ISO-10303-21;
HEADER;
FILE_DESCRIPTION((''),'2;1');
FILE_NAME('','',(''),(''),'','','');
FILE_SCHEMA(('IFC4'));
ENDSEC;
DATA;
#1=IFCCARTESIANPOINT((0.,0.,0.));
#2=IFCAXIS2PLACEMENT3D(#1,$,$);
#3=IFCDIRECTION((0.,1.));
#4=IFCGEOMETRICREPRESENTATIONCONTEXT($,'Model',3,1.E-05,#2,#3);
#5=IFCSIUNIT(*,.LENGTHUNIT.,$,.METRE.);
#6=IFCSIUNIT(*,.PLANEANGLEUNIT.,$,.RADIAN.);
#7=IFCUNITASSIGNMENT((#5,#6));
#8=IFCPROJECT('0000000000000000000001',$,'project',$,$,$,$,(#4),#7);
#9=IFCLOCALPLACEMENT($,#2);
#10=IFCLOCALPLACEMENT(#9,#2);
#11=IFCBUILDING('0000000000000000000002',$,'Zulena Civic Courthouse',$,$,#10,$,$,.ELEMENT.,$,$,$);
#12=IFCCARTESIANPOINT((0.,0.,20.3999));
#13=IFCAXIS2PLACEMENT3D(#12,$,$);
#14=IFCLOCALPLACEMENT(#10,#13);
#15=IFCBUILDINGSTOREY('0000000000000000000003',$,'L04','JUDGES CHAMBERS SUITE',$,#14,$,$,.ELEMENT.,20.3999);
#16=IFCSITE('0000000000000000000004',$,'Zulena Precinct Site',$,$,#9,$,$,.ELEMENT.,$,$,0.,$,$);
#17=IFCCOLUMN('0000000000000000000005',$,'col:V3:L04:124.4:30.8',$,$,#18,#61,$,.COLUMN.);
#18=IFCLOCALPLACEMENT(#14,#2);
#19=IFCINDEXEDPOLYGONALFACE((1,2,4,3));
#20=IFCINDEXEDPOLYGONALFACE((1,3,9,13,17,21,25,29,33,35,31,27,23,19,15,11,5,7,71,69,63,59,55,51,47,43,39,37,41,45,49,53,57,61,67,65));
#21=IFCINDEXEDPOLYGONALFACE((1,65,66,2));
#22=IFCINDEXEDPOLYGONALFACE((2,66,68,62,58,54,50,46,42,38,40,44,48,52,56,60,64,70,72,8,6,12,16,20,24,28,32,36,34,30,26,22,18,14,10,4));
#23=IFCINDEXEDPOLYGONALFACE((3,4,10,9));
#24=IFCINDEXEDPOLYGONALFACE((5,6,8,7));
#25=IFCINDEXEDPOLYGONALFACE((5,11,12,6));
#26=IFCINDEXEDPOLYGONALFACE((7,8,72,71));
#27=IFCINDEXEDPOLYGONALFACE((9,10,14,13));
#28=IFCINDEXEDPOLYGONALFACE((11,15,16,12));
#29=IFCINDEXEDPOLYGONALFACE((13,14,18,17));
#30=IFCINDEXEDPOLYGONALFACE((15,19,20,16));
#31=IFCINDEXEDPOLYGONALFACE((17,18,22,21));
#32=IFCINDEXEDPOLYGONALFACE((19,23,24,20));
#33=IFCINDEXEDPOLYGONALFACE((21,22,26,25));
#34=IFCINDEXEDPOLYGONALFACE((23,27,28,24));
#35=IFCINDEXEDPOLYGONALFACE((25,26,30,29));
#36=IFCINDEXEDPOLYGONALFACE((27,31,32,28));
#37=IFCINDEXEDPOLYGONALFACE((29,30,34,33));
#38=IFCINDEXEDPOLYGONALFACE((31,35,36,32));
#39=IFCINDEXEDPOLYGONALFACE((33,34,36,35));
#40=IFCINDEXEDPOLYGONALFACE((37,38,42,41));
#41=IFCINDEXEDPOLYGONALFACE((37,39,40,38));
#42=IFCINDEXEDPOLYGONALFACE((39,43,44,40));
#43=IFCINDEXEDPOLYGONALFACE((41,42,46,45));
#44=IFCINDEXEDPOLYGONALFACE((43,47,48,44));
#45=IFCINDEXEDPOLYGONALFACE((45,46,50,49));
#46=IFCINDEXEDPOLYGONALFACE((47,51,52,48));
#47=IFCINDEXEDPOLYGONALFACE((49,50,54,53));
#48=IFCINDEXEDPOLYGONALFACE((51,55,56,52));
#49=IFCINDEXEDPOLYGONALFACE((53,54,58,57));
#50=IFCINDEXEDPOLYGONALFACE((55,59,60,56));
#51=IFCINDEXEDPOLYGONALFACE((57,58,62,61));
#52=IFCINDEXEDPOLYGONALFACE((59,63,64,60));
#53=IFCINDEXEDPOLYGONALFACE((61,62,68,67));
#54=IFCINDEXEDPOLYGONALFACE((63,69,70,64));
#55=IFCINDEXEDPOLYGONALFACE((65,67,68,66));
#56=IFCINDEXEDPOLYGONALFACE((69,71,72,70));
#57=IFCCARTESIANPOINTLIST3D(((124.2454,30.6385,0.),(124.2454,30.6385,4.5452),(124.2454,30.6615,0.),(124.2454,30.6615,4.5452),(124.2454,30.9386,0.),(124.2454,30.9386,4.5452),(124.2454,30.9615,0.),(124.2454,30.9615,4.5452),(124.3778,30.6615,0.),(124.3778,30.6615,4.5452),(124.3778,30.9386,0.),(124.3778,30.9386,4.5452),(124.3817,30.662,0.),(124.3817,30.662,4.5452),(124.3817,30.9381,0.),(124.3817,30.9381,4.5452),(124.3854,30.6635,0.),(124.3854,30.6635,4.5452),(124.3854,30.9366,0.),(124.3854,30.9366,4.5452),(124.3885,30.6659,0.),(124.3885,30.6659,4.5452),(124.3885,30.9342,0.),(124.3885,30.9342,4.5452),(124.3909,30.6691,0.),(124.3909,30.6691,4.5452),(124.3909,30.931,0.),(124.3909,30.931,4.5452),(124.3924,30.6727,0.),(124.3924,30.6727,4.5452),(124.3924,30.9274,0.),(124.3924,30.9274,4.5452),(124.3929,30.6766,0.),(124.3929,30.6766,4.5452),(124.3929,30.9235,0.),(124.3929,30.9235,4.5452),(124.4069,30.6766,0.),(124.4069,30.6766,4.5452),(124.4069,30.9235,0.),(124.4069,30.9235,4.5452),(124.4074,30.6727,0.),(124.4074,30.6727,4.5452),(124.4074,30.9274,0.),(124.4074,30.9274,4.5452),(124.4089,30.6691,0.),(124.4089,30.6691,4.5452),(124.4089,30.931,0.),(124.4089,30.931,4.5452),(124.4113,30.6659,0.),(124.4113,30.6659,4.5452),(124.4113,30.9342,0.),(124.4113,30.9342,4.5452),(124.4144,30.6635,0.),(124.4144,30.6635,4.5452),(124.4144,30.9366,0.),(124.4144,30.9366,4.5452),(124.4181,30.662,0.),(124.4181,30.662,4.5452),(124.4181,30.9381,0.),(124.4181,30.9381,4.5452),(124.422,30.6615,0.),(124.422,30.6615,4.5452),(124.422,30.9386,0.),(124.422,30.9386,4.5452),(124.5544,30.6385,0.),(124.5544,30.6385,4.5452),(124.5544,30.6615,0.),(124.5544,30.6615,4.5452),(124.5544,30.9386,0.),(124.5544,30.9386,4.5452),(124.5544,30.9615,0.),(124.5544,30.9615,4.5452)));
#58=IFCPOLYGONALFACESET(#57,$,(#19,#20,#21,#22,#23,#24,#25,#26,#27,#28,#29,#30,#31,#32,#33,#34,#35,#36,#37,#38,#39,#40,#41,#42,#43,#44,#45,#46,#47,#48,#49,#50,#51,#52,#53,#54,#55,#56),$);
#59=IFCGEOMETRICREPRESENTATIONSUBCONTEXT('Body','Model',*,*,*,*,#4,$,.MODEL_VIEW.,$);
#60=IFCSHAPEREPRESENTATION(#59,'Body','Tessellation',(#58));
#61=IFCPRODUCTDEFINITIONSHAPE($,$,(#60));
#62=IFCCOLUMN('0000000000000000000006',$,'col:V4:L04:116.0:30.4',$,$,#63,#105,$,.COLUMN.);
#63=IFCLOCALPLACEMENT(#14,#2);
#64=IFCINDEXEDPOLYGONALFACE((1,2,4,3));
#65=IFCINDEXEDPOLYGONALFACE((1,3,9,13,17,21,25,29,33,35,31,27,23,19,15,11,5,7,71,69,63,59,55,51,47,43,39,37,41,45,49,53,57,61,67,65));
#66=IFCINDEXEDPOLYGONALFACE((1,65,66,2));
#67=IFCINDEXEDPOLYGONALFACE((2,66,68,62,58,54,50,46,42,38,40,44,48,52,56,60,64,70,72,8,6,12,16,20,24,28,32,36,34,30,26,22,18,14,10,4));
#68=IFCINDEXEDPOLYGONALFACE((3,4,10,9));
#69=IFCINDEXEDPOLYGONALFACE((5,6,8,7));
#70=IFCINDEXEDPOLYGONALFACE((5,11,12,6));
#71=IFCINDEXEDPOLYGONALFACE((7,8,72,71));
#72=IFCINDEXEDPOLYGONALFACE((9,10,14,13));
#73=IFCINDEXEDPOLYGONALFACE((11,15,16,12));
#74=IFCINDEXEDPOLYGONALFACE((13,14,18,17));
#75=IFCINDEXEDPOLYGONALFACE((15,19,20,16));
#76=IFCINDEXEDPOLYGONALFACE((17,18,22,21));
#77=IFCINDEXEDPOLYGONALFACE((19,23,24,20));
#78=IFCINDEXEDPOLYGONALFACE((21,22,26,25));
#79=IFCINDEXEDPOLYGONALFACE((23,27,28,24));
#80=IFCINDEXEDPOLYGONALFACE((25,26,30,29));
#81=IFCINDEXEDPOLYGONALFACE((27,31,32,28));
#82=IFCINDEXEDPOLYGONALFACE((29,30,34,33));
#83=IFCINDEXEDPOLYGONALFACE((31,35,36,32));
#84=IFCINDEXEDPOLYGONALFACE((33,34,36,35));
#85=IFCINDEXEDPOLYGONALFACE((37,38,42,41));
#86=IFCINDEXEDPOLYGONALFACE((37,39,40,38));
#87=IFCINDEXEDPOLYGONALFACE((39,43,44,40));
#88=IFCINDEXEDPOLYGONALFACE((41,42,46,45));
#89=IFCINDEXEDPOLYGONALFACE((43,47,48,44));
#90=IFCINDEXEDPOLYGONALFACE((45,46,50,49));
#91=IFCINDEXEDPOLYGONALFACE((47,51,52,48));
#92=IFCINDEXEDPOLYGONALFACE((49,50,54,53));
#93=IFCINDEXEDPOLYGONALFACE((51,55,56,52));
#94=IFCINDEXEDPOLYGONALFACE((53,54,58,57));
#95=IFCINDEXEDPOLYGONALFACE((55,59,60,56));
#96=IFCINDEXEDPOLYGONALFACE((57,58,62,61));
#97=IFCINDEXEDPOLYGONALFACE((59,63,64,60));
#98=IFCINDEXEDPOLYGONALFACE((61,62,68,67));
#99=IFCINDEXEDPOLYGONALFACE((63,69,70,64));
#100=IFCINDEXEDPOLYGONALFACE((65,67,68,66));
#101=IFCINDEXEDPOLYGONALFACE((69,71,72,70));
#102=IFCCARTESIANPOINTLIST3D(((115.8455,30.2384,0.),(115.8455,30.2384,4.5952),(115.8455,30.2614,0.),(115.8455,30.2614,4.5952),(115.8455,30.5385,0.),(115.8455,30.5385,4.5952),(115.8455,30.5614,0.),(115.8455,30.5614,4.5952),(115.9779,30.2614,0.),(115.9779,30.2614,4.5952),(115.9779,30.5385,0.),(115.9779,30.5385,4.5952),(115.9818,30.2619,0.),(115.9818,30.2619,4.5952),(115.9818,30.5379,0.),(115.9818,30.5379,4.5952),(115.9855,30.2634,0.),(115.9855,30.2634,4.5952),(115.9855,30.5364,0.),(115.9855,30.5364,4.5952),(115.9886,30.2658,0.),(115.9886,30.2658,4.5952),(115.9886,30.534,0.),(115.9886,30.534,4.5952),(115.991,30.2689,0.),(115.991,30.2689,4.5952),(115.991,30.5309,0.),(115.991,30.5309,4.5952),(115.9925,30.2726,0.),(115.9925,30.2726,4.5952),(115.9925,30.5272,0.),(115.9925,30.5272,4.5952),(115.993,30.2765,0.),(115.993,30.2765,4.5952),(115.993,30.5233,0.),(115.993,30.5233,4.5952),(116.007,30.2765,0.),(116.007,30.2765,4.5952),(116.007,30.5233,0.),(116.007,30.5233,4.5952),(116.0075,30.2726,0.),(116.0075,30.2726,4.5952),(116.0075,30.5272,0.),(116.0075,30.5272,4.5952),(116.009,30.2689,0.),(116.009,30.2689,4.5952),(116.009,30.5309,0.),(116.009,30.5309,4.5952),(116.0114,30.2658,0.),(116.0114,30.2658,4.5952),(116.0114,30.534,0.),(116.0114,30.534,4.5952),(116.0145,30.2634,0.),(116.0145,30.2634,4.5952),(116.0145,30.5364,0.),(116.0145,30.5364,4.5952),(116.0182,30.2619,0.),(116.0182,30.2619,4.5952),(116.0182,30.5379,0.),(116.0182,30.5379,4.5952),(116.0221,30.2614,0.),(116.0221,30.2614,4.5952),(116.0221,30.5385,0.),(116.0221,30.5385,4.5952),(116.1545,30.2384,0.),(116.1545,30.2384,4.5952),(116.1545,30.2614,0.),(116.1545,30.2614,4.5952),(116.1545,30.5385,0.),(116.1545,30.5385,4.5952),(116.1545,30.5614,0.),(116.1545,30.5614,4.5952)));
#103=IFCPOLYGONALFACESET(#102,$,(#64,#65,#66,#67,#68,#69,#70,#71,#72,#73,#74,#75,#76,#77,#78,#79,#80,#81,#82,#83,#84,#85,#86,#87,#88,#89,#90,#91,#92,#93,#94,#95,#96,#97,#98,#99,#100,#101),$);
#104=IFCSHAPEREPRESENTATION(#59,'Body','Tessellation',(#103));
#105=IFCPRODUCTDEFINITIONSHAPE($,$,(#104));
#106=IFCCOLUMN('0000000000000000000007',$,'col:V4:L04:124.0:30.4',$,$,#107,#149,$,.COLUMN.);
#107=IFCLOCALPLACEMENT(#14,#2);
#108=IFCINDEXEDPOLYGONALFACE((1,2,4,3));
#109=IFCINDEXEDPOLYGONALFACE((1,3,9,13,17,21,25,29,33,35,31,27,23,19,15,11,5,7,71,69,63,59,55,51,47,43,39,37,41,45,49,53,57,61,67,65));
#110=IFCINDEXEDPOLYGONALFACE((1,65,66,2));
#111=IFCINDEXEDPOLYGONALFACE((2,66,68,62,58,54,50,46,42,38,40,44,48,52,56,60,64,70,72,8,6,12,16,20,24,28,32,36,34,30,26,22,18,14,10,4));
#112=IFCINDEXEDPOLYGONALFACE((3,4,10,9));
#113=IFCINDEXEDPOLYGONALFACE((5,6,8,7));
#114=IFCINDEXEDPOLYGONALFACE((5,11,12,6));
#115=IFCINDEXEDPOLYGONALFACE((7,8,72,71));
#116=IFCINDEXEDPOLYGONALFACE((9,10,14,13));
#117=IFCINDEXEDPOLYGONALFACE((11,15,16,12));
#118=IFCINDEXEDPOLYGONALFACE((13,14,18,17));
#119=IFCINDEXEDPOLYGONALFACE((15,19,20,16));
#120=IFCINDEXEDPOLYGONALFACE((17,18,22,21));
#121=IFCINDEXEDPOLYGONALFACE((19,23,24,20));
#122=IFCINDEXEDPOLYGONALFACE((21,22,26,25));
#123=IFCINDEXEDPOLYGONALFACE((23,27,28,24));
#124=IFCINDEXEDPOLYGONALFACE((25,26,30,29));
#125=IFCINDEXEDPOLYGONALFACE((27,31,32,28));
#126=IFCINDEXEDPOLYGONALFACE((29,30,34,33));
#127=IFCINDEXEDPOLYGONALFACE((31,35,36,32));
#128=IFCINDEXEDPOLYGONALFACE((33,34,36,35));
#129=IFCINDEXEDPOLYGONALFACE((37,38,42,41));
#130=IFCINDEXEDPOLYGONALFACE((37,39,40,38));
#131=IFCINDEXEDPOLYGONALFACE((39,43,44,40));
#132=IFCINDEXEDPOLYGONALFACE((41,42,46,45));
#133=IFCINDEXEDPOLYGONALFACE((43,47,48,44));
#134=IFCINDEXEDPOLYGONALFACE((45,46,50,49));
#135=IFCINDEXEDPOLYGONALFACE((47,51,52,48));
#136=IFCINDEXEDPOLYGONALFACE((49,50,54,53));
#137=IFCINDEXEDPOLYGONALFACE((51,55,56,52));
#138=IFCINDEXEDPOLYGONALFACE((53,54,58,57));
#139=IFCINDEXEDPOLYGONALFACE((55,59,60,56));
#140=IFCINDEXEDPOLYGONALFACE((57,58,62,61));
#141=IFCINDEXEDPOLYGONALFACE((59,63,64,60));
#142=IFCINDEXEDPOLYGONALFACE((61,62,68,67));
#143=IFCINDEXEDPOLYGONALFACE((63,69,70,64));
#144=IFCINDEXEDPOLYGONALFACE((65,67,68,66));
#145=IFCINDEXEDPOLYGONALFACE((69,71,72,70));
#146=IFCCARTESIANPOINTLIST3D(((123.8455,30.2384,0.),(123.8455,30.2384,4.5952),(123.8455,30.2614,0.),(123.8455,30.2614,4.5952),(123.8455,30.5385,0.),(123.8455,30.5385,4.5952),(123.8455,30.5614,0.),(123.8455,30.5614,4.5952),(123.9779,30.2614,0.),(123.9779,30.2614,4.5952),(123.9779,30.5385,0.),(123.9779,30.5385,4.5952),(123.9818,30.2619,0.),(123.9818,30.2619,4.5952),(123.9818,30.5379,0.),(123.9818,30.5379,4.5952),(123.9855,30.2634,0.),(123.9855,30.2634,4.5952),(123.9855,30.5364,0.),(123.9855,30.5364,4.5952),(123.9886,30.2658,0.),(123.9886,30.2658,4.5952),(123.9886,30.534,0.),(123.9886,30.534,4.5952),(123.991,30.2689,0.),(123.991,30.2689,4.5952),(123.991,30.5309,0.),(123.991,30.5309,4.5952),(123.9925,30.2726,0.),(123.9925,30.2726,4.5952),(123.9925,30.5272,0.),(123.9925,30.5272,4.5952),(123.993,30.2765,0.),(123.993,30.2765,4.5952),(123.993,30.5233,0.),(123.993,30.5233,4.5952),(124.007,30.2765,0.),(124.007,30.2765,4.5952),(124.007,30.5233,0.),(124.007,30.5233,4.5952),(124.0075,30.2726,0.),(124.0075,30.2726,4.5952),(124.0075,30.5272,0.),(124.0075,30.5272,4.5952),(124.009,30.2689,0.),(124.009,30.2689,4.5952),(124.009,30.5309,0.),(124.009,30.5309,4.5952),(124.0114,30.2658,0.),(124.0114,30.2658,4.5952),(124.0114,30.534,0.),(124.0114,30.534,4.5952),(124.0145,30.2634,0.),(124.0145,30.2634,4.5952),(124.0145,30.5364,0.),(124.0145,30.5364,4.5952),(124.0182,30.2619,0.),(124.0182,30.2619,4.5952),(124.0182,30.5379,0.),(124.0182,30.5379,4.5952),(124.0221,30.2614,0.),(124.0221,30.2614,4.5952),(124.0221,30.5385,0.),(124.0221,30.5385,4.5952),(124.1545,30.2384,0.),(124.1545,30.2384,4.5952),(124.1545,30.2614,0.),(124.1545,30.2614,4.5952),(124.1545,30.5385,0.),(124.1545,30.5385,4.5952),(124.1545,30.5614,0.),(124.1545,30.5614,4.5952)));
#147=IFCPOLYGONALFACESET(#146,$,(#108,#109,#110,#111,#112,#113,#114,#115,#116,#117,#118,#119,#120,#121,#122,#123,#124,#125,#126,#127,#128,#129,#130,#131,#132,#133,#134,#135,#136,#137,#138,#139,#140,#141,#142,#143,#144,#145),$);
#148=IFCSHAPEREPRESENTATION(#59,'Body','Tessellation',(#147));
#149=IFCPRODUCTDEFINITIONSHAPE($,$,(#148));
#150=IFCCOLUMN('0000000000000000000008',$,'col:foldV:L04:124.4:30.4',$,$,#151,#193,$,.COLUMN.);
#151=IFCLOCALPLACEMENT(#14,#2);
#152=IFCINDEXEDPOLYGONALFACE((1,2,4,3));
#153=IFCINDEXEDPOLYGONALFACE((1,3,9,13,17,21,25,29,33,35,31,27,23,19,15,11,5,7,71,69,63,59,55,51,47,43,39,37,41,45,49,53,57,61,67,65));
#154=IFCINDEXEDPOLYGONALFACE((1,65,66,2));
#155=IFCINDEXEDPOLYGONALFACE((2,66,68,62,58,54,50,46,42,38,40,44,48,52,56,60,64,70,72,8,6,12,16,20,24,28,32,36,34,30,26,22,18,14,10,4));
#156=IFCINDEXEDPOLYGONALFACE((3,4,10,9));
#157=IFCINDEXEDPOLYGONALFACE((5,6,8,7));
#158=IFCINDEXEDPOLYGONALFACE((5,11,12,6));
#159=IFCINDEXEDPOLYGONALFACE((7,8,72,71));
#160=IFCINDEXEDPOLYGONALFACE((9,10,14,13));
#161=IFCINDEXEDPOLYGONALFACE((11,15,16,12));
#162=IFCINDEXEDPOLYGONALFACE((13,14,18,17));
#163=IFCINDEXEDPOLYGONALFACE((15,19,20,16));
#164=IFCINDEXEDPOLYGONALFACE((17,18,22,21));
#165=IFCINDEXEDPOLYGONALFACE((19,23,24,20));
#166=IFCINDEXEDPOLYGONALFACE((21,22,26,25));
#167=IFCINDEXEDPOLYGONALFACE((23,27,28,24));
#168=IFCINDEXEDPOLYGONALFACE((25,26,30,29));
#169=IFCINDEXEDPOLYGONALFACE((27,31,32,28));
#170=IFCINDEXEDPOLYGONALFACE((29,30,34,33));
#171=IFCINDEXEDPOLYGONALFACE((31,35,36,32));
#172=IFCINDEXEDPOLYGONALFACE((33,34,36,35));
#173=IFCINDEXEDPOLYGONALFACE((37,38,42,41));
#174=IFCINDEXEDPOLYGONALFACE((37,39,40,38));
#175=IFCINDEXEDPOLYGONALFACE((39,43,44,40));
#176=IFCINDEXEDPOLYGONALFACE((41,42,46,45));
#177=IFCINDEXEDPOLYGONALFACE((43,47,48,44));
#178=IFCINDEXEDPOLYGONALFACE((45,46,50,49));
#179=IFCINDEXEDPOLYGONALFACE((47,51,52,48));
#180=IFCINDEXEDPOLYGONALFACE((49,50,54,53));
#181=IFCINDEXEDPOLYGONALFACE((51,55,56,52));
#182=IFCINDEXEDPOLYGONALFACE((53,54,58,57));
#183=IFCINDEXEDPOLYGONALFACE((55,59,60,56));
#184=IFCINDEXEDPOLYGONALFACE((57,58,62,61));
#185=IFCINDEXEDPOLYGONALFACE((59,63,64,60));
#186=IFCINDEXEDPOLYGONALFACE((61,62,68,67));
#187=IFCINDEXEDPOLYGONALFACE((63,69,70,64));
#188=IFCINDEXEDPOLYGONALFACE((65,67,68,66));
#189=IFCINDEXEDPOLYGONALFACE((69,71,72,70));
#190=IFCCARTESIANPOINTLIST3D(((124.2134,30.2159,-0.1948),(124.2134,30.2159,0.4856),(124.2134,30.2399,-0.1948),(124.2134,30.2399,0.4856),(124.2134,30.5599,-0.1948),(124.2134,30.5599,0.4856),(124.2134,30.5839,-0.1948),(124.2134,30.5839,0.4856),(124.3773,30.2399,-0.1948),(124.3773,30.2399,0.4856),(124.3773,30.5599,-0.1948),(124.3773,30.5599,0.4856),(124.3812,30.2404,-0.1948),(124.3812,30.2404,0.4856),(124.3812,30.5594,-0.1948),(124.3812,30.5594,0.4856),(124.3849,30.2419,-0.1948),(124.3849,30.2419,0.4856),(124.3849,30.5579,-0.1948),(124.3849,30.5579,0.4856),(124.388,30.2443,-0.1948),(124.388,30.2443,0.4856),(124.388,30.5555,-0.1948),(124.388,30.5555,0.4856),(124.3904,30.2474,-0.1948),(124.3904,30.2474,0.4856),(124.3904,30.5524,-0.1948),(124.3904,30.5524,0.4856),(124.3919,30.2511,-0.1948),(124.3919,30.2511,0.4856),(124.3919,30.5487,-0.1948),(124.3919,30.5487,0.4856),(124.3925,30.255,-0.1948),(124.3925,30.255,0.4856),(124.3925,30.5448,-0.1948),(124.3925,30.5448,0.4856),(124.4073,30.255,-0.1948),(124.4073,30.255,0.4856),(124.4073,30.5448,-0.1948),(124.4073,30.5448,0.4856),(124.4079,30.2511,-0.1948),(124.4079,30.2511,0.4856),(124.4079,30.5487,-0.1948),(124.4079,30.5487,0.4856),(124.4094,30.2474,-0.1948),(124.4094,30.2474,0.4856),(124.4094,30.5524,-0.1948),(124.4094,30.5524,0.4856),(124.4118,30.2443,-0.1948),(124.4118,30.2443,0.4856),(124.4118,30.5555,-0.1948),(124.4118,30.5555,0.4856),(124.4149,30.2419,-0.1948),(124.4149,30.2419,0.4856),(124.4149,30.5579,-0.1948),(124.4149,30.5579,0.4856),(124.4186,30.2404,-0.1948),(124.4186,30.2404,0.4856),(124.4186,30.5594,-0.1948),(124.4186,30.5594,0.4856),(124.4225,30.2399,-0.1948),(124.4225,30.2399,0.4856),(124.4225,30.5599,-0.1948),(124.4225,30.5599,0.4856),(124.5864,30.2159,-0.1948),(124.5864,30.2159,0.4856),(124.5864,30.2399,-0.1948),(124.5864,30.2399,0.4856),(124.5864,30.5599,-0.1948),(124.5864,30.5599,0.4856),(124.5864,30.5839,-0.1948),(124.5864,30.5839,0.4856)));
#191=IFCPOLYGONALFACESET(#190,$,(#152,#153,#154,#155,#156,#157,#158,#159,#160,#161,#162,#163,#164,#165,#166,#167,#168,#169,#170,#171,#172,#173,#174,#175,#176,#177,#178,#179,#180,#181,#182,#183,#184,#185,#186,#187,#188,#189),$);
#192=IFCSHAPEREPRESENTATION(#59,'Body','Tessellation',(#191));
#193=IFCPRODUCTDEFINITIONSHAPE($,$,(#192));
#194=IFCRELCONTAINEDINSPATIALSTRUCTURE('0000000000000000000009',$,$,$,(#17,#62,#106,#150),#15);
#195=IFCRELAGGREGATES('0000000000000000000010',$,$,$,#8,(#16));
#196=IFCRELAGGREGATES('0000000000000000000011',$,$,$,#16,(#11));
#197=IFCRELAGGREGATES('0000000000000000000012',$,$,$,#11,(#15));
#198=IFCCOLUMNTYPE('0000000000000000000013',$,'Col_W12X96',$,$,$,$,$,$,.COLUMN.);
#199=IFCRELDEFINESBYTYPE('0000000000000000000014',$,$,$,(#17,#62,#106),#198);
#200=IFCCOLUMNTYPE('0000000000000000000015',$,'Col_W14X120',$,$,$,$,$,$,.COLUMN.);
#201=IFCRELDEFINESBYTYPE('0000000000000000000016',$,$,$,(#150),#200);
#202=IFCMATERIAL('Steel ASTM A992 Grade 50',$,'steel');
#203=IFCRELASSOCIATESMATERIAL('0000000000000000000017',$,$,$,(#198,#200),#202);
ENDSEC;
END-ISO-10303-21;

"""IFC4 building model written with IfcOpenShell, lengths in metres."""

from ifc_helpers import new_model, si_unit, direction, frame, origin, origin_2d, place, context, subcontext, project, spatial, i_section, extrude, material, material_profile, profile_set, type_object, element, save


model = new_model("IFC4")

# Units and contexts
model_context = context("Model", 3, precision=1e-05, world=origin(), true_north=direction((0.0, 1.0)))
body_context = subcontext(model_context, "Body", "Model", "MODEL_VIEW")
ifc_project = project(units=[si_unit("LENGTHUNIT", "METRE"), si_unit("PLANEANGLEUNIT", "RADIAN")], contexts=[model_context])

# Site, building, storey
site_placement = place(None, origin())
site = spatial("IfcSite", under=ifc_project, at=site_placement, Name="Zulena Precinct Site", CompositionType="ELEMENT", RefElevation=0.0)
building_placement = place(site_placement, origin())
building = spatial("IfcBuilding", under=site, at=building_placement, Name="Zulena Civic Courthouse", CompositionType="ELEMENT")
storey_placement = place(building_placement, frame((0.0, 0.0, 20.3999)))
storey = spatial("IfcBuildingStorey", under=building, at=storey_placement, Name="L04", Description="JUDGES CHAMBERS SUITE", CompositionType="ELEMENT", Elevation=20.3999)

# Columns
ifc_material_1 = material(Name="Steel ASTM A992 Grade 50", Category="steel")
ifc_material_profile_1 = material_profile(ifc_material_1, i_section(OverallWidth=0.3091, OverallDepth=0.323, WebThickness=0.0139, FlangeThickness=0.0229, FilletRadius=0.0151, at=origin_2d()), Name="W12X96")
ifc_profile_set_1 = profile_set([ifc_material_profile_1], Name="Steel ASTM A992 Grade 50")
column_type_1 = type_object("IfcColumnType", Name="Col_W12X96", PredefinedType="COLUMN", material=ifc_profile_set_1)
column_1_placement = place(storey_placement, frame((124.3999, 30.8, 0.0), z_axis=(0.0, 0.0, 1.0), x_axis=(1.0, 0.0, 0.0)))
element("IfcColumn", 1, at=column_1_placement, inside=storey, type_object=column_type_1, Name="col:V3:L04:124.4:30.8", PredefinedType="COLUMN", context=body_context, shape_type="SweptSolid", body=[
    extrude(i_section(OverallWidth=0.3091, OverallDepth=0.323, WebThickness=0.0139, FlangeThickness=0.0229, FilletRadius=0.0151, at=origin_2d()), origin(), (0.0, 0.0, 1.0), 4.5452),
])
for number, where, z_axis, x_axis, name in (
    (2, (116.0, 30.3999, 0.0), (0.0, 0.0, 1.0), (1.0, 0.0, 0.0), "col:V4:L04:116.0:30.4"),
    (3, (124.0, 30.3999, 0.0), (0.0, 0.0, 1.0), (1.0, 0.0, 0.0), "col:V4:L04:124.0:30.4"),
):
    element("IfcColumn", number, at=place(storey_placement, frame(where, z_axis=z_axis, x_axis=x_axis)), inside=storey, type_object=column_type_1, Name=name, PredefinedType="COLUMN", context=body_context, shape_type="SweptSolid", body=[
        extrude(i_section(OverallWidth=0.3091, OverallDepth=0.323, WebThickness=0.0139, FlangeThickness=0.0229, FilletRadius=0.0151, at=origin_2d()), origin(), (0.0, 0.0, 1.0), 4.5952),
    ])
ifc_material_profile_2 = material_profile(ifc_material_1, i_section(OverallWidth=0.373, OverallDepth=0.3679, WebThickness=0.0149, FlangeThickness=0.0239, FilletRadius=0.0151, at=origin_2d()), Name="W14X120")
ifc_profile_set_2 = profile_set([ifc_material_profile_2], Name="Steel ASTM A992 Grade 50")
column_type_2 = type_object("IfcColumnType", Name="Col_W14X120", PredefinedType="COLUMN", material=ifc_profile_set_2)
column_2_placement = place(storey_placement, frame((124.3999, 30.3999, -0.1948), z_axis=(0.0, 0.0, 1.0), x_axis=(1.0, 0.0, 0.0)))
element("IfcColumn", 4, at=column_2_placement, inside=storey, type_object=column_type_2, Name="col:foldV:L04:124.4:30.4", PredefinedType="COLUMN", context=body_context, shape_type="SweptSolid", body=[
    extrude(i_section(OverallWidth=0.373, OverallDepth=0.3679, WebThickness=0.0149, FlangeThickness=0.0239, FilletRadius=0.0151, at=origin_2d()), origin(), (0.0, 0.0, 1.0), 0.6804),
])

save(model, "model.ifc")
